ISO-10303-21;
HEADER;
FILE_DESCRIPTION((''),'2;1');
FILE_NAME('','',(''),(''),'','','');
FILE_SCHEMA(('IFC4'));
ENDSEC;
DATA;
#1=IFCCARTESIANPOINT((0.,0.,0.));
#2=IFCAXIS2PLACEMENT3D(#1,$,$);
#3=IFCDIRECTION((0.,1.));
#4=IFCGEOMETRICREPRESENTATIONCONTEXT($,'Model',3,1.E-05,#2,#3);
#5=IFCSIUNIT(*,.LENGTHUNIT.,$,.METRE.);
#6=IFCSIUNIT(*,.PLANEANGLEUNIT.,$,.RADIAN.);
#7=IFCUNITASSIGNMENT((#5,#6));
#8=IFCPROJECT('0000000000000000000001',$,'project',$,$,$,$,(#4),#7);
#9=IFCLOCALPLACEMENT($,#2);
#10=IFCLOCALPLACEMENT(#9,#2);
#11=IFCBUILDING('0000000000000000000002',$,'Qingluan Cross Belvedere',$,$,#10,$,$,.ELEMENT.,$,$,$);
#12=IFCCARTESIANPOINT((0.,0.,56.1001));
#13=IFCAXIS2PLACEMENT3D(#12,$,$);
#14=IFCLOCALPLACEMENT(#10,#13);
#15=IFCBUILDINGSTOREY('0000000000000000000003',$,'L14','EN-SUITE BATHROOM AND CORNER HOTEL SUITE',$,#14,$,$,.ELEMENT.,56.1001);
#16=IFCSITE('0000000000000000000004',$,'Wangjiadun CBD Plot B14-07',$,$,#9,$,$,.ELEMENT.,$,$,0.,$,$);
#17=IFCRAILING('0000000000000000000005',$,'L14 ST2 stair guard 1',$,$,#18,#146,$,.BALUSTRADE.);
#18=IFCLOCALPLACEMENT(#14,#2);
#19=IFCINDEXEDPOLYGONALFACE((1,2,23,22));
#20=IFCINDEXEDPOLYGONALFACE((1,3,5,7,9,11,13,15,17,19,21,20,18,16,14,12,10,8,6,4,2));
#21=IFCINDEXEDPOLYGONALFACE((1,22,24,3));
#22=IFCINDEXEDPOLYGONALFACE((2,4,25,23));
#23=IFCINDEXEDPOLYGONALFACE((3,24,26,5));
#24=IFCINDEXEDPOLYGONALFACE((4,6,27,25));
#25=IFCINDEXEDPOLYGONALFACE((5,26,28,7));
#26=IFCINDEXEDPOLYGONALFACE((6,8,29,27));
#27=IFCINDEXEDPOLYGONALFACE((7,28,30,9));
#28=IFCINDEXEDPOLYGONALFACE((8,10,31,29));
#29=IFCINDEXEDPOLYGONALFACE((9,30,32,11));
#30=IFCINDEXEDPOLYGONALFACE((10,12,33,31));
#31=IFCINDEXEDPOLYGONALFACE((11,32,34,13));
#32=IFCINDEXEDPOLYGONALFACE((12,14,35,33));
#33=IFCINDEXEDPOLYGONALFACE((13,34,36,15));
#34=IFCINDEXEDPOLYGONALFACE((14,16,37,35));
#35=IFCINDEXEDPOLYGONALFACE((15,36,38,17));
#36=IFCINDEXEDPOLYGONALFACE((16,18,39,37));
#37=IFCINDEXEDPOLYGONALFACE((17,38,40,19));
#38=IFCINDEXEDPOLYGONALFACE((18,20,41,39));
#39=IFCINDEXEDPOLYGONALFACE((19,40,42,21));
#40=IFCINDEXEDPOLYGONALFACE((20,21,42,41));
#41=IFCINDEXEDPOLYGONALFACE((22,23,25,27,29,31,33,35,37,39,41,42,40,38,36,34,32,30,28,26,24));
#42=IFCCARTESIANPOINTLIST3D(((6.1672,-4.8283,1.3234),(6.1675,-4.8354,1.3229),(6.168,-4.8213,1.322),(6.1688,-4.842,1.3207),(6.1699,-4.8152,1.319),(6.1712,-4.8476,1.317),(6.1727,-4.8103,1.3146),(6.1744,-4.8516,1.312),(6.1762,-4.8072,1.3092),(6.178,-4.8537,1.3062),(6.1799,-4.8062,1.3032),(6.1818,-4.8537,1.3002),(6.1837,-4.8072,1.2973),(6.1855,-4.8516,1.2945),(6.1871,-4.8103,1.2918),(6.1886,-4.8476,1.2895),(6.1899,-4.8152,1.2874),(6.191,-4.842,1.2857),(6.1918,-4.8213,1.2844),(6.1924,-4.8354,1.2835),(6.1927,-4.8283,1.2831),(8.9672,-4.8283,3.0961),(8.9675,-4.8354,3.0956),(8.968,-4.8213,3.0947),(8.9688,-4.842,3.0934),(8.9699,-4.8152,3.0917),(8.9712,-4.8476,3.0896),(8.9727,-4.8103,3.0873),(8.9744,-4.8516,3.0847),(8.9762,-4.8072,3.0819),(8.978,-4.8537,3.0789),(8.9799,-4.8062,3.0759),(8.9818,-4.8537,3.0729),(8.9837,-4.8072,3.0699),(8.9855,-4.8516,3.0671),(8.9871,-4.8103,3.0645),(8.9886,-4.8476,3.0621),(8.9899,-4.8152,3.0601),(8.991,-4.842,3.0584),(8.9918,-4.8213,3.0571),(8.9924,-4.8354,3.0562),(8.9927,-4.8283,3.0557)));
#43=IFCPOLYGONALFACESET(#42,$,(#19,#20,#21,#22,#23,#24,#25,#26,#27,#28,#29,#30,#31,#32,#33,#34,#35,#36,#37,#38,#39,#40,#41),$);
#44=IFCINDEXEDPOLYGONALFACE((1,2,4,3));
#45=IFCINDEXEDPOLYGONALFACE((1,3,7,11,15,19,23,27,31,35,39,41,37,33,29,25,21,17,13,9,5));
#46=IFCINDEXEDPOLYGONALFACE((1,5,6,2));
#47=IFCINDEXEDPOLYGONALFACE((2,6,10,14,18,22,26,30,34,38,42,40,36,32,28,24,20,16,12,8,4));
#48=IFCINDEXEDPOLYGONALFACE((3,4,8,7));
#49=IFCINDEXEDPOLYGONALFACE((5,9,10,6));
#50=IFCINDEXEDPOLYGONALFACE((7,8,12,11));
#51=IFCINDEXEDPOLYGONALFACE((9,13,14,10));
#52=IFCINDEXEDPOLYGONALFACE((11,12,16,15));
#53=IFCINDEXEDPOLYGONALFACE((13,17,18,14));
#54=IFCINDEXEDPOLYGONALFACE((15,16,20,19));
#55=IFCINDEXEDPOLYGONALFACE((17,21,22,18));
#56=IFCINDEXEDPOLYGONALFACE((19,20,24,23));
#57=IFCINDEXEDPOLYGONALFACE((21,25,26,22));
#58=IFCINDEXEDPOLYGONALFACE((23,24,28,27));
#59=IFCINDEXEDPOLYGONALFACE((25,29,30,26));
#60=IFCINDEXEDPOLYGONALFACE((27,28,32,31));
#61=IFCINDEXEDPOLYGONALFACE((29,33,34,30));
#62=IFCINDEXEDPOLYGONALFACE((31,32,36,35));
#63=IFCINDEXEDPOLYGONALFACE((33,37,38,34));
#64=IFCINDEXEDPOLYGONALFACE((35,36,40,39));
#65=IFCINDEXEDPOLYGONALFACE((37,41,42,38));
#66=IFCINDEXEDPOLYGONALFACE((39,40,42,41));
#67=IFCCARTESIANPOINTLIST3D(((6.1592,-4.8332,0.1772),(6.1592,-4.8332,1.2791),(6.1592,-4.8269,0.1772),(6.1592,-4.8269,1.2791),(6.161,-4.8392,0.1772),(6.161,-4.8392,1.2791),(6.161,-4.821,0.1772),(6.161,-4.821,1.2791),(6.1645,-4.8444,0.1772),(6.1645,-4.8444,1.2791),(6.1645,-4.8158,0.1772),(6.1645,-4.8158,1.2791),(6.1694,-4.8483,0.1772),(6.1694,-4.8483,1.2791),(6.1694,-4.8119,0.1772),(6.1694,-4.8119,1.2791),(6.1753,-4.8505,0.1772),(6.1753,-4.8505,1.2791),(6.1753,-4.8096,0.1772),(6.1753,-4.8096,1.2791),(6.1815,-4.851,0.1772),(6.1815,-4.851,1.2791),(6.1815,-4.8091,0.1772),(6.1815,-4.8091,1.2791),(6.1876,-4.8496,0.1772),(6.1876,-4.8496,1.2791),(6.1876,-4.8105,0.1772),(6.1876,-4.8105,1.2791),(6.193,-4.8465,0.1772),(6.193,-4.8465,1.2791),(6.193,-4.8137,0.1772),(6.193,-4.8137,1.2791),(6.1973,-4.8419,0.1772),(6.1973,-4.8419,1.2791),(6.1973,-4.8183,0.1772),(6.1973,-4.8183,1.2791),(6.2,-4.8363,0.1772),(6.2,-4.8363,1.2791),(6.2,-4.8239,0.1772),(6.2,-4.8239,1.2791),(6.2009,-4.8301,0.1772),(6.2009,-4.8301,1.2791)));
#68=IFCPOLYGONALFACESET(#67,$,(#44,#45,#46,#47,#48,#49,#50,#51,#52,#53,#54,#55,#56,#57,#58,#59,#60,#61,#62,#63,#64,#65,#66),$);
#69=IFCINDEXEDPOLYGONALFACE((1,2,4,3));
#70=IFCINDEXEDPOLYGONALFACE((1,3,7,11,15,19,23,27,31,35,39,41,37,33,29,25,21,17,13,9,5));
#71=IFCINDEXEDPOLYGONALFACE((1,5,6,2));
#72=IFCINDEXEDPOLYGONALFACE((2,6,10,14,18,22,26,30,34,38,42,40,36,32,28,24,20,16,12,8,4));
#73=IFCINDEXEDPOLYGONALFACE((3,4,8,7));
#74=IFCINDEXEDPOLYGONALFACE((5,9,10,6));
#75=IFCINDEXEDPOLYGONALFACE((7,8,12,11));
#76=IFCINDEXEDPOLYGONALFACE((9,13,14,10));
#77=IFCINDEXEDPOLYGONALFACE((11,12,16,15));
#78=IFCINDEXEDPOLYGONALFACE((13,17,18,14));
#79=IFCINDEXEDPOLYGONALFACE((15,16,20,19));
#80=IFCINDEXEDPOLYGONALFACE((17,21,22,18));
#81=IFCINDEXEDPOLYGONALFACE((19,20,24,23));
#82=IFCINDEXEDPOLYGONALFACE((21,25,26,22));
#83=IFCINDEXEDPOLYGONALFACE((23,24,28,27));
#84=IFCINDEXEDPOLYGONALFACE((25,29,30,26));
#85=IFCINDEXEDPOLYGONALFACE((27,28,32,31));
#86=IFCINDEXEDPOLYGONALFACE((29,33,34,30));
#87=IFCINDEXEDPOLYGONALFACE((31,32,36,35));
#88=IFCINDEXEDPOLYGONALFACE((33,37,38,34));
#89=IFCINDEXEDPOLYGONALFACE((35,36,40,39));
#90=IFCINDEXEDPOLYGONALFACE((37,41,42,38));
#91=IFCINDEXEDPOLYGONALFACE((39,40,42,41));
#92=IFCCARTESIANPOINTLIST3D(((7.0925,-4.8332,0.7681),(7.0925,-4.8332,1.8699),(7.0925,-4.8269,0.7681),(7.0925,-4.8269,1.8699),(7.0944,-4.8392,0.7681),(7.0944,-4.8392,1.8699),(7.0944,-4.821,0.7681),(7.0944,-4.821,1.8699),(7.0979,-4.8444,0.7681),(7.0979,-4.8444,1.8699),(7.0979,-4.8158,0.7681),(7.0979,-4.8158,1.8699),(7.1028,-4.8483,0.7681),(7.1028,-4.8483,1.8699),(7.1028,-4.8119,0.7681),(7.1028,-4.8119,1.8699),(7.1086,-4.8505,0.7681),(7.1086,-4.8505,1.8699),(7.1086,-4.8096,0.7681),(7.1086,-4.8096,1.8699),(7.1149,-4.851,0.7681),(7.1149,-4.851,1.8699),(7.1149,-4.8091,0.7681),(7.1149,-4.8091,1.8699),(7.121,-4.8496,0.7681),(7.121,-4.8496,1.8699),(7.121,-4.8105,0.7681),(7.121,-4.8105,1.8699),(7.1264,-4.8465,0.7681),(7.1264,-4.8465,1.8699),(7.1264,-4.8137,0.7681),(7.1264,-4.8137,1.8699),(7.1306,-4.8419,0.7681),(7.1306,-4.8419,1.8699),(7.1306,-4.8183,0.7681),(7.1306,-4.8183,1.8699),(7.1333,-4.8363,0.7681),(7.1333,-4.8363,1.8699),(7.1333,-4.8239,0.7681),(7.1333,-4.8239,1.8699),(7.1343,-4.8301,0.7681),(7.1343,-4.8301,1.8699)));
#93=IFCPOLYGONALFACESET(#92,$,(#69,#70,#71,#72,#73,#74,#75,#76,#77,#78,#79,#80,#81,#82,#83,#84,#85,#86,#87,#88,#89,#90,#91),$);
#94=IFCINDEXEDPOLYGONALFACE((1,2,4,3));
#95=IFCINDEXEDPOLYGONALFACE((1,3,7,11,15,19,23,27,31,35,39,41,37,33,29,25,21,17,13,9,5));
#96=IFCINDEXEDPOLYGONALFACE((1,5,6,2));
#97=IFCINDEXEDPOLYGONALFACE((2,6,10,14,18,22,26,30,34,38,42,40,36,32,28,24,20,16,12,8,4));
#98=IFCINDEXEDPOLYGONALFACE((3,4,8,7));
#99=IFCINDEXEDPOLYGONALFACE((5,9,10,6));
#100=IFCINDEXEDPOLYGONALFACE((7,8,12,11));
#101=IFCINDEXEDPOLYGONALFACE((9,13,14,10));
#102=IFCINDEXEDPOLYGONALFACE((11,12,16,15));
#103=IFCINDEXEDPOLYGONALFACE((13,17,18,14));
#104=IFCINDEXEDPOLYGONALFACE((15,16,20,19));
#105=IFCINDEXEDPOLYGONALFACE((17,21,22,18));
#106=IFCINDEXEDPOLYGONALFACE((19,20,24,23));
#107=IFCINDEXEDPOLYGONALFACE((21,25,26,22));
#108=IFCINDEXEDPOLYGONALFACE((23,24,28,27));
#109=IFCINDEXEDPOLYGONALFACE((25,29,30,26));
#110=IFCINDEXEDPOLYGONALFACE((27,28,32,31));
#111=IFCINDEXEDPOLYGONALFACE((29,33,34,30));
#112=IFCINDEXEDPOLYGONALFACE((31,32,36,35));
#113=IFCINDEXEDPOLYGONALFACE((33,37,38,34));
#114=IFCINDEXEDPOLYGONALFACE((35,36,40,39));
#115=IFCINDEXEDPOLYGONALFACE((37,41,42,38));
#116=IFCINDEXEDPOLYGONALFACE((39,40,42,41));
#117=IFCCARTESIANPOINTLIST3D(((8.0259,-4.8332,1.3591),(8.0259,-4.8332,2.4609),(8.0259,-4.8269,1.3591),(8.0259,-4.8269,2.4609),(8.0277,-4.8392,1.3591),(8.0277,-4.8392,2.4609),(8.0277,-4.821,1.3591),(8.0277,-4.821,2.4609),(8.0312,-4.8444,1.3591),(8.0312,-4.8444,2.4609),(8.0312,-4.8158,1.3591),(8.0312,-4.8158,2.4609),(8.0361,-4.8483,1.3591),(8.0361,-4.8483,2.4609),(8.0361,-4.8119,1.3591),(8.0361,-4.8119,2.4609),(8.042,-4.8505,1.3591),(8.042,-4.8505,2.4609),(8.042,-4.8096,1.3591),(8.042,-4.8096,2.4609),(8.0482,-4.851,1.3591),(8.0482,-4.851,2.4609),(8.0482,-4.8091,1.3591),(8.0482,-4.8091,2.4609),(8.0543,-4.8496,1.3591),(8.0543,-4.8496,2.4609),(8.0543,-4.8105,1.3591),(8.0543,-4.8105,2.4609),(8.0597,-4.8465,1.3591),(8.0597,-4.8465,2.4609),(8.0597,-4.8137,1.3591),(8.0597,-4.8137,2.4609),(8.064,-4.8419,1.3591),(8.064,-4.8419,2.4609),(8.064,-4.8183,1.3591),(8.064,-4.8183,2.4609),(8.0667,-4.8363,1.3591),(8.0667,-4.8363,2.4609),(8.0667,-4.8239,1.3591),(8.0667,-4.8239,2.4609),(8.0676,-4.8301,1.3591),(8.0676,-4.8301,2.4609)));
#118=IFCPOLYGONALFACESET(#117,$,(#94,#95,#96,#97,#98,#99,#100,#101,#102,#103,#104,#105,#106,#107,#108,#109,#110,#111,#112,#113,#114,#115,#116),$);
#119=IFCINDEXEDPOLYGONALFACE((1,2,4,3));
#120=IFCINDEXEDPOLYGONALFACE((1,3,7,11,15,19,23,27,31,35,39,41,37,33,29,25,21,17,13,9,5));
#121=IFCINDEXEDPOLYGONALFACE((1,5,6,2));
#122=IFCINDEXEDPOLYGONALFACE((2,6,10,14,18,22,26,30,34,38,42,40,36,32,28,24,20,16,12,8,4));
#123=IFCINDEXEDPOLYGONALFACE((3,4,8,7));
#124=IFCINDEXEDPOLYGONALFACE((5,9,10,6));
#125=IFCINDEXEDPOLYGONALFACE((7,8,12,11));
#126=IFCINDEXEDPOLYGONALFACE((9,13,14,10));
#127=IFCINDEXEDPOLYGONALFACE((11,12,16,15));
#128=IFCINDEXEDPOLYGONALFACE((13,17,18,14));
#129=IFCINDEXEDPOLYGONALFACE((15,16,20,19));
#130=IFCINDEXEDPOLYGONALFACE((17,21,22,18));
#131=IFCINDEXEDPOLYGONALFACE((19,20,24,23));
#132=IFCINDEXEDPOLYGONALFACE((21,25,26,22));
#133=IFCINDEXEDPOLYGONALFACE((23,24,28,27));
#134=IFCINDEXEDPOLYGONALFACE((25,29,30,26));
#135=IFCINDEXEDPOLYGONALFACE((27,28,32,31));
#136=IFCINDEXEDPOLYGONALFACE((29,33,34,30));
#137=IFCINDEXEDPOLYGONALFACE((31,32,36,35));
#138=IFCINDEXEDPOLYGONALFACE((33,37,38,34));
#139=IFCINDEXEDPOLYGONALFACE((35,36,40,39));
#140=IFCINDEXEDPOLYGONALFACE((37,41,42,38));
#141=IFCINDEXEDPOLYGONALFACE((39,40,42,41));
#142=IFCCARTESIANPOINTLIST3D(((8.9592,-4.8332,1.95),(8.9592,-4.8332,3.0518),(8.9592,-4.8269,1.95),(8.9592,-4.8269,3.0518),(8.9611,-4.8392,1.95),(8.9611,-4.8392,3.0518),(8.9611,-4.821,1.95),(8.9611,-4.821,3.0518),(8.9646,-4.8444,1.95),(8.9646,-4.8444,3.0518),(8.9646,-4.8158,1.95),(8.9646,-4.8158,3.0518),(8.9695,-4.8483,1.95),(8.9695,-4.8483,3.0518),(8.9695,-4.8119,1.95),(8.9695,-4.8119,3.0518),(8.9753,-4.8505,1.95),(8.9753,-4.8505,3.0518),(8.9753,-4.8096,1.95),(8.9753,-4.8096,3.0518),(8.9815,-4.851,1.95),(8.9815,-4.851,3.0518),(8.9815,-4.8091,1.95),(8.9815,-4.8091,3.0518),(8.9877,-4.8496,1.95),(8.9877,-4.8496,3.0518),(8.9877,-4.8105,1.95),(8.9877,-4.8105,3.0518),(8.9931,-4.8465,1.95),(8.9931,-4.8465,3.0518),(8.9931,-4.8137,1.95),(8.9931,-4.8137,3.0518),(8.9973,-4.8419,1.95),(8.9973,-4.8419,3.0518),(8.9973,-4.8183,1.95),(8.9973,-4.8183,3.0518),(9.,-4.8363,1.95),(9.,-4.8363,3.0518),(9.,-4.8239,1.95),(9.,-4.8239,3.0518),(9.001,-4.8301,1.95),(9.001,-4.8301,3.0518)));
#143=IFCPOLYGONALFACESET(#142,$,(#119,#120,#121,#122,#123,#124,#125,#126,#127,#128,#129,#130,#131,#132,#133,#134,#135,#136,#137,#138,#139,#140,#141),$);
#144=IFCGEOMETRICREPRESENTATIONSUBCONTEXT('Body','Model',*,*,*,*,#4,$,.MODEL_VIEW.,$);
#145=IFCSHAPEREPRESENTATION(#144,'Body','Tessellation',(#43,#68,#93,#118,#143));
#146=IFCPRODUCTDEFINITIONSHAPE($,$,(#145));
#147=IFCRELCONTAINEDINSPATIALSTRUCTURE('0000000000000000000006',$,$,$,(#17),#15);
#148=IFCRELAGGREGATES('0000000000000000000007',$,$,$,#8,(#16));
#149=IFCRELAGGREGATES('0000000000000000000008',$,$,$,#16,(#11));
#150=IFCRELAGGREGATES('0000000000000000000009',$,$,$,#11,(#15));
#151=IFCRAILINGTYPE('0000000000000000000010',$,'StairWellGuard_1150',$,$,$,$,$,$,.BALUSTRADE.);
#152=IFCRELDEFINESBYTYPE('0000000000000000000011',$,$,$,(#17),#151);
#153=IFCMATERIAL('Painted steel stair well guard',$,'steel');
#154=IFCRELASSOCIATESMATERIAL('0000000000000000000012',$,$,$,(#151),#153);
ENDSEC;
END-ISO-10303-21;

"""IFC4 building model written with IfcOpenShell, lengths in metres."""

from ifc_helpers import new_model, si_unit, direction, frame, origin, origin_2d, place, context, subcontext, project, spatial, circle, extrude, material, type_object, element, save


model = new_model("IFC4")

# Units and contexts
model_context = context("Model", 3, precision=1e-05, world=origin(), true_north=direction((0.0, 1.0)))
body_context = subcontext(model_context, "Body", "Model", "MODEL_VIEW")
ifc_project = project(units=[si_unit("LENGTHUNIT", "METRE"), si_unit("PLANEANGLEUNIT", "RADIAN")], contexts=[model_context])

# Site, building, storey
site_placement = place(None, origin())
site = spatial("IfcSite", under=ifc_project, at=site_placement, Name="Wangjiadun CBD Plot B14-07", CompositionType="ELEMENT", RefElevation=0.0)
building_placement = place(site_placement, origin())
building = spatial("IfcBuilding", under=site, at=building_placement, Name="Qingluan Cross Belvedere", CompositionType="ELEMENT")
storey_placement = place(building_placement, frame((0.0, 0.0, 56.1001)))
storey = spatial("IfcBuildingStorey", under=building, at=storey_placement, Name="L14", Description="EN-SUITE BATHROOM AND CORNER HOTEL SUITE", CompositionType="ELEMENT", Elevation=56.1001)

# Railing
ifc_material_1 = material(Name="Painted steel stair well guard", Category="steel")
railing_type_1 = type_object("IfcRailingType", Name="StairWellGuard_1150", PredefinedType="BALUSTRADE", material=ifc_material_1)
railing_1_placement = place(storey_placement, frame((6.1799, -4.8301, 0.1772)))
element("IfcRailing", 1, at=railing_1_placement, inside=storey, type_object=railing_type_1, Name="L14 ST2 stair guard 1", PredefinedType="BALUSTRADE", context=body_context, shape_type="SweptSolid", body=[
    extrude(circle(Radius=0.0239, at=origin_2d()), frame((0.0, 0.0, 1.126), z_axis=(0.844909, 0.0, 0.53491), x_axis=(0.0, 1.0, 0.0)), (0.0, 0.0, 1.0), 3.314),
    extrude(circle(Radius=0.021, at=origin_2d()), origin(), (0.0, 0.0, 1.0), 1.1018),
    extrude(circle(Radius=0.021, at=origin_2d()), frame((0.9333, 0.0, 0.5908)), (0.0, 0.0, 1.0), 1.1018),
    extrude(circle(Radius=0.021, at=origin_2d()), frame((1.8667, 0.0, 1.1819)), (0.0, 0.0, 1.0), 1.1018),
    extrude(circle(Radius=0.021, at=origin_2d()), frame((2.8, 0.0, 1.7727)), (0.0, 0.0, 1.0), 1.1018),
])

save(model, "model.ifc")
